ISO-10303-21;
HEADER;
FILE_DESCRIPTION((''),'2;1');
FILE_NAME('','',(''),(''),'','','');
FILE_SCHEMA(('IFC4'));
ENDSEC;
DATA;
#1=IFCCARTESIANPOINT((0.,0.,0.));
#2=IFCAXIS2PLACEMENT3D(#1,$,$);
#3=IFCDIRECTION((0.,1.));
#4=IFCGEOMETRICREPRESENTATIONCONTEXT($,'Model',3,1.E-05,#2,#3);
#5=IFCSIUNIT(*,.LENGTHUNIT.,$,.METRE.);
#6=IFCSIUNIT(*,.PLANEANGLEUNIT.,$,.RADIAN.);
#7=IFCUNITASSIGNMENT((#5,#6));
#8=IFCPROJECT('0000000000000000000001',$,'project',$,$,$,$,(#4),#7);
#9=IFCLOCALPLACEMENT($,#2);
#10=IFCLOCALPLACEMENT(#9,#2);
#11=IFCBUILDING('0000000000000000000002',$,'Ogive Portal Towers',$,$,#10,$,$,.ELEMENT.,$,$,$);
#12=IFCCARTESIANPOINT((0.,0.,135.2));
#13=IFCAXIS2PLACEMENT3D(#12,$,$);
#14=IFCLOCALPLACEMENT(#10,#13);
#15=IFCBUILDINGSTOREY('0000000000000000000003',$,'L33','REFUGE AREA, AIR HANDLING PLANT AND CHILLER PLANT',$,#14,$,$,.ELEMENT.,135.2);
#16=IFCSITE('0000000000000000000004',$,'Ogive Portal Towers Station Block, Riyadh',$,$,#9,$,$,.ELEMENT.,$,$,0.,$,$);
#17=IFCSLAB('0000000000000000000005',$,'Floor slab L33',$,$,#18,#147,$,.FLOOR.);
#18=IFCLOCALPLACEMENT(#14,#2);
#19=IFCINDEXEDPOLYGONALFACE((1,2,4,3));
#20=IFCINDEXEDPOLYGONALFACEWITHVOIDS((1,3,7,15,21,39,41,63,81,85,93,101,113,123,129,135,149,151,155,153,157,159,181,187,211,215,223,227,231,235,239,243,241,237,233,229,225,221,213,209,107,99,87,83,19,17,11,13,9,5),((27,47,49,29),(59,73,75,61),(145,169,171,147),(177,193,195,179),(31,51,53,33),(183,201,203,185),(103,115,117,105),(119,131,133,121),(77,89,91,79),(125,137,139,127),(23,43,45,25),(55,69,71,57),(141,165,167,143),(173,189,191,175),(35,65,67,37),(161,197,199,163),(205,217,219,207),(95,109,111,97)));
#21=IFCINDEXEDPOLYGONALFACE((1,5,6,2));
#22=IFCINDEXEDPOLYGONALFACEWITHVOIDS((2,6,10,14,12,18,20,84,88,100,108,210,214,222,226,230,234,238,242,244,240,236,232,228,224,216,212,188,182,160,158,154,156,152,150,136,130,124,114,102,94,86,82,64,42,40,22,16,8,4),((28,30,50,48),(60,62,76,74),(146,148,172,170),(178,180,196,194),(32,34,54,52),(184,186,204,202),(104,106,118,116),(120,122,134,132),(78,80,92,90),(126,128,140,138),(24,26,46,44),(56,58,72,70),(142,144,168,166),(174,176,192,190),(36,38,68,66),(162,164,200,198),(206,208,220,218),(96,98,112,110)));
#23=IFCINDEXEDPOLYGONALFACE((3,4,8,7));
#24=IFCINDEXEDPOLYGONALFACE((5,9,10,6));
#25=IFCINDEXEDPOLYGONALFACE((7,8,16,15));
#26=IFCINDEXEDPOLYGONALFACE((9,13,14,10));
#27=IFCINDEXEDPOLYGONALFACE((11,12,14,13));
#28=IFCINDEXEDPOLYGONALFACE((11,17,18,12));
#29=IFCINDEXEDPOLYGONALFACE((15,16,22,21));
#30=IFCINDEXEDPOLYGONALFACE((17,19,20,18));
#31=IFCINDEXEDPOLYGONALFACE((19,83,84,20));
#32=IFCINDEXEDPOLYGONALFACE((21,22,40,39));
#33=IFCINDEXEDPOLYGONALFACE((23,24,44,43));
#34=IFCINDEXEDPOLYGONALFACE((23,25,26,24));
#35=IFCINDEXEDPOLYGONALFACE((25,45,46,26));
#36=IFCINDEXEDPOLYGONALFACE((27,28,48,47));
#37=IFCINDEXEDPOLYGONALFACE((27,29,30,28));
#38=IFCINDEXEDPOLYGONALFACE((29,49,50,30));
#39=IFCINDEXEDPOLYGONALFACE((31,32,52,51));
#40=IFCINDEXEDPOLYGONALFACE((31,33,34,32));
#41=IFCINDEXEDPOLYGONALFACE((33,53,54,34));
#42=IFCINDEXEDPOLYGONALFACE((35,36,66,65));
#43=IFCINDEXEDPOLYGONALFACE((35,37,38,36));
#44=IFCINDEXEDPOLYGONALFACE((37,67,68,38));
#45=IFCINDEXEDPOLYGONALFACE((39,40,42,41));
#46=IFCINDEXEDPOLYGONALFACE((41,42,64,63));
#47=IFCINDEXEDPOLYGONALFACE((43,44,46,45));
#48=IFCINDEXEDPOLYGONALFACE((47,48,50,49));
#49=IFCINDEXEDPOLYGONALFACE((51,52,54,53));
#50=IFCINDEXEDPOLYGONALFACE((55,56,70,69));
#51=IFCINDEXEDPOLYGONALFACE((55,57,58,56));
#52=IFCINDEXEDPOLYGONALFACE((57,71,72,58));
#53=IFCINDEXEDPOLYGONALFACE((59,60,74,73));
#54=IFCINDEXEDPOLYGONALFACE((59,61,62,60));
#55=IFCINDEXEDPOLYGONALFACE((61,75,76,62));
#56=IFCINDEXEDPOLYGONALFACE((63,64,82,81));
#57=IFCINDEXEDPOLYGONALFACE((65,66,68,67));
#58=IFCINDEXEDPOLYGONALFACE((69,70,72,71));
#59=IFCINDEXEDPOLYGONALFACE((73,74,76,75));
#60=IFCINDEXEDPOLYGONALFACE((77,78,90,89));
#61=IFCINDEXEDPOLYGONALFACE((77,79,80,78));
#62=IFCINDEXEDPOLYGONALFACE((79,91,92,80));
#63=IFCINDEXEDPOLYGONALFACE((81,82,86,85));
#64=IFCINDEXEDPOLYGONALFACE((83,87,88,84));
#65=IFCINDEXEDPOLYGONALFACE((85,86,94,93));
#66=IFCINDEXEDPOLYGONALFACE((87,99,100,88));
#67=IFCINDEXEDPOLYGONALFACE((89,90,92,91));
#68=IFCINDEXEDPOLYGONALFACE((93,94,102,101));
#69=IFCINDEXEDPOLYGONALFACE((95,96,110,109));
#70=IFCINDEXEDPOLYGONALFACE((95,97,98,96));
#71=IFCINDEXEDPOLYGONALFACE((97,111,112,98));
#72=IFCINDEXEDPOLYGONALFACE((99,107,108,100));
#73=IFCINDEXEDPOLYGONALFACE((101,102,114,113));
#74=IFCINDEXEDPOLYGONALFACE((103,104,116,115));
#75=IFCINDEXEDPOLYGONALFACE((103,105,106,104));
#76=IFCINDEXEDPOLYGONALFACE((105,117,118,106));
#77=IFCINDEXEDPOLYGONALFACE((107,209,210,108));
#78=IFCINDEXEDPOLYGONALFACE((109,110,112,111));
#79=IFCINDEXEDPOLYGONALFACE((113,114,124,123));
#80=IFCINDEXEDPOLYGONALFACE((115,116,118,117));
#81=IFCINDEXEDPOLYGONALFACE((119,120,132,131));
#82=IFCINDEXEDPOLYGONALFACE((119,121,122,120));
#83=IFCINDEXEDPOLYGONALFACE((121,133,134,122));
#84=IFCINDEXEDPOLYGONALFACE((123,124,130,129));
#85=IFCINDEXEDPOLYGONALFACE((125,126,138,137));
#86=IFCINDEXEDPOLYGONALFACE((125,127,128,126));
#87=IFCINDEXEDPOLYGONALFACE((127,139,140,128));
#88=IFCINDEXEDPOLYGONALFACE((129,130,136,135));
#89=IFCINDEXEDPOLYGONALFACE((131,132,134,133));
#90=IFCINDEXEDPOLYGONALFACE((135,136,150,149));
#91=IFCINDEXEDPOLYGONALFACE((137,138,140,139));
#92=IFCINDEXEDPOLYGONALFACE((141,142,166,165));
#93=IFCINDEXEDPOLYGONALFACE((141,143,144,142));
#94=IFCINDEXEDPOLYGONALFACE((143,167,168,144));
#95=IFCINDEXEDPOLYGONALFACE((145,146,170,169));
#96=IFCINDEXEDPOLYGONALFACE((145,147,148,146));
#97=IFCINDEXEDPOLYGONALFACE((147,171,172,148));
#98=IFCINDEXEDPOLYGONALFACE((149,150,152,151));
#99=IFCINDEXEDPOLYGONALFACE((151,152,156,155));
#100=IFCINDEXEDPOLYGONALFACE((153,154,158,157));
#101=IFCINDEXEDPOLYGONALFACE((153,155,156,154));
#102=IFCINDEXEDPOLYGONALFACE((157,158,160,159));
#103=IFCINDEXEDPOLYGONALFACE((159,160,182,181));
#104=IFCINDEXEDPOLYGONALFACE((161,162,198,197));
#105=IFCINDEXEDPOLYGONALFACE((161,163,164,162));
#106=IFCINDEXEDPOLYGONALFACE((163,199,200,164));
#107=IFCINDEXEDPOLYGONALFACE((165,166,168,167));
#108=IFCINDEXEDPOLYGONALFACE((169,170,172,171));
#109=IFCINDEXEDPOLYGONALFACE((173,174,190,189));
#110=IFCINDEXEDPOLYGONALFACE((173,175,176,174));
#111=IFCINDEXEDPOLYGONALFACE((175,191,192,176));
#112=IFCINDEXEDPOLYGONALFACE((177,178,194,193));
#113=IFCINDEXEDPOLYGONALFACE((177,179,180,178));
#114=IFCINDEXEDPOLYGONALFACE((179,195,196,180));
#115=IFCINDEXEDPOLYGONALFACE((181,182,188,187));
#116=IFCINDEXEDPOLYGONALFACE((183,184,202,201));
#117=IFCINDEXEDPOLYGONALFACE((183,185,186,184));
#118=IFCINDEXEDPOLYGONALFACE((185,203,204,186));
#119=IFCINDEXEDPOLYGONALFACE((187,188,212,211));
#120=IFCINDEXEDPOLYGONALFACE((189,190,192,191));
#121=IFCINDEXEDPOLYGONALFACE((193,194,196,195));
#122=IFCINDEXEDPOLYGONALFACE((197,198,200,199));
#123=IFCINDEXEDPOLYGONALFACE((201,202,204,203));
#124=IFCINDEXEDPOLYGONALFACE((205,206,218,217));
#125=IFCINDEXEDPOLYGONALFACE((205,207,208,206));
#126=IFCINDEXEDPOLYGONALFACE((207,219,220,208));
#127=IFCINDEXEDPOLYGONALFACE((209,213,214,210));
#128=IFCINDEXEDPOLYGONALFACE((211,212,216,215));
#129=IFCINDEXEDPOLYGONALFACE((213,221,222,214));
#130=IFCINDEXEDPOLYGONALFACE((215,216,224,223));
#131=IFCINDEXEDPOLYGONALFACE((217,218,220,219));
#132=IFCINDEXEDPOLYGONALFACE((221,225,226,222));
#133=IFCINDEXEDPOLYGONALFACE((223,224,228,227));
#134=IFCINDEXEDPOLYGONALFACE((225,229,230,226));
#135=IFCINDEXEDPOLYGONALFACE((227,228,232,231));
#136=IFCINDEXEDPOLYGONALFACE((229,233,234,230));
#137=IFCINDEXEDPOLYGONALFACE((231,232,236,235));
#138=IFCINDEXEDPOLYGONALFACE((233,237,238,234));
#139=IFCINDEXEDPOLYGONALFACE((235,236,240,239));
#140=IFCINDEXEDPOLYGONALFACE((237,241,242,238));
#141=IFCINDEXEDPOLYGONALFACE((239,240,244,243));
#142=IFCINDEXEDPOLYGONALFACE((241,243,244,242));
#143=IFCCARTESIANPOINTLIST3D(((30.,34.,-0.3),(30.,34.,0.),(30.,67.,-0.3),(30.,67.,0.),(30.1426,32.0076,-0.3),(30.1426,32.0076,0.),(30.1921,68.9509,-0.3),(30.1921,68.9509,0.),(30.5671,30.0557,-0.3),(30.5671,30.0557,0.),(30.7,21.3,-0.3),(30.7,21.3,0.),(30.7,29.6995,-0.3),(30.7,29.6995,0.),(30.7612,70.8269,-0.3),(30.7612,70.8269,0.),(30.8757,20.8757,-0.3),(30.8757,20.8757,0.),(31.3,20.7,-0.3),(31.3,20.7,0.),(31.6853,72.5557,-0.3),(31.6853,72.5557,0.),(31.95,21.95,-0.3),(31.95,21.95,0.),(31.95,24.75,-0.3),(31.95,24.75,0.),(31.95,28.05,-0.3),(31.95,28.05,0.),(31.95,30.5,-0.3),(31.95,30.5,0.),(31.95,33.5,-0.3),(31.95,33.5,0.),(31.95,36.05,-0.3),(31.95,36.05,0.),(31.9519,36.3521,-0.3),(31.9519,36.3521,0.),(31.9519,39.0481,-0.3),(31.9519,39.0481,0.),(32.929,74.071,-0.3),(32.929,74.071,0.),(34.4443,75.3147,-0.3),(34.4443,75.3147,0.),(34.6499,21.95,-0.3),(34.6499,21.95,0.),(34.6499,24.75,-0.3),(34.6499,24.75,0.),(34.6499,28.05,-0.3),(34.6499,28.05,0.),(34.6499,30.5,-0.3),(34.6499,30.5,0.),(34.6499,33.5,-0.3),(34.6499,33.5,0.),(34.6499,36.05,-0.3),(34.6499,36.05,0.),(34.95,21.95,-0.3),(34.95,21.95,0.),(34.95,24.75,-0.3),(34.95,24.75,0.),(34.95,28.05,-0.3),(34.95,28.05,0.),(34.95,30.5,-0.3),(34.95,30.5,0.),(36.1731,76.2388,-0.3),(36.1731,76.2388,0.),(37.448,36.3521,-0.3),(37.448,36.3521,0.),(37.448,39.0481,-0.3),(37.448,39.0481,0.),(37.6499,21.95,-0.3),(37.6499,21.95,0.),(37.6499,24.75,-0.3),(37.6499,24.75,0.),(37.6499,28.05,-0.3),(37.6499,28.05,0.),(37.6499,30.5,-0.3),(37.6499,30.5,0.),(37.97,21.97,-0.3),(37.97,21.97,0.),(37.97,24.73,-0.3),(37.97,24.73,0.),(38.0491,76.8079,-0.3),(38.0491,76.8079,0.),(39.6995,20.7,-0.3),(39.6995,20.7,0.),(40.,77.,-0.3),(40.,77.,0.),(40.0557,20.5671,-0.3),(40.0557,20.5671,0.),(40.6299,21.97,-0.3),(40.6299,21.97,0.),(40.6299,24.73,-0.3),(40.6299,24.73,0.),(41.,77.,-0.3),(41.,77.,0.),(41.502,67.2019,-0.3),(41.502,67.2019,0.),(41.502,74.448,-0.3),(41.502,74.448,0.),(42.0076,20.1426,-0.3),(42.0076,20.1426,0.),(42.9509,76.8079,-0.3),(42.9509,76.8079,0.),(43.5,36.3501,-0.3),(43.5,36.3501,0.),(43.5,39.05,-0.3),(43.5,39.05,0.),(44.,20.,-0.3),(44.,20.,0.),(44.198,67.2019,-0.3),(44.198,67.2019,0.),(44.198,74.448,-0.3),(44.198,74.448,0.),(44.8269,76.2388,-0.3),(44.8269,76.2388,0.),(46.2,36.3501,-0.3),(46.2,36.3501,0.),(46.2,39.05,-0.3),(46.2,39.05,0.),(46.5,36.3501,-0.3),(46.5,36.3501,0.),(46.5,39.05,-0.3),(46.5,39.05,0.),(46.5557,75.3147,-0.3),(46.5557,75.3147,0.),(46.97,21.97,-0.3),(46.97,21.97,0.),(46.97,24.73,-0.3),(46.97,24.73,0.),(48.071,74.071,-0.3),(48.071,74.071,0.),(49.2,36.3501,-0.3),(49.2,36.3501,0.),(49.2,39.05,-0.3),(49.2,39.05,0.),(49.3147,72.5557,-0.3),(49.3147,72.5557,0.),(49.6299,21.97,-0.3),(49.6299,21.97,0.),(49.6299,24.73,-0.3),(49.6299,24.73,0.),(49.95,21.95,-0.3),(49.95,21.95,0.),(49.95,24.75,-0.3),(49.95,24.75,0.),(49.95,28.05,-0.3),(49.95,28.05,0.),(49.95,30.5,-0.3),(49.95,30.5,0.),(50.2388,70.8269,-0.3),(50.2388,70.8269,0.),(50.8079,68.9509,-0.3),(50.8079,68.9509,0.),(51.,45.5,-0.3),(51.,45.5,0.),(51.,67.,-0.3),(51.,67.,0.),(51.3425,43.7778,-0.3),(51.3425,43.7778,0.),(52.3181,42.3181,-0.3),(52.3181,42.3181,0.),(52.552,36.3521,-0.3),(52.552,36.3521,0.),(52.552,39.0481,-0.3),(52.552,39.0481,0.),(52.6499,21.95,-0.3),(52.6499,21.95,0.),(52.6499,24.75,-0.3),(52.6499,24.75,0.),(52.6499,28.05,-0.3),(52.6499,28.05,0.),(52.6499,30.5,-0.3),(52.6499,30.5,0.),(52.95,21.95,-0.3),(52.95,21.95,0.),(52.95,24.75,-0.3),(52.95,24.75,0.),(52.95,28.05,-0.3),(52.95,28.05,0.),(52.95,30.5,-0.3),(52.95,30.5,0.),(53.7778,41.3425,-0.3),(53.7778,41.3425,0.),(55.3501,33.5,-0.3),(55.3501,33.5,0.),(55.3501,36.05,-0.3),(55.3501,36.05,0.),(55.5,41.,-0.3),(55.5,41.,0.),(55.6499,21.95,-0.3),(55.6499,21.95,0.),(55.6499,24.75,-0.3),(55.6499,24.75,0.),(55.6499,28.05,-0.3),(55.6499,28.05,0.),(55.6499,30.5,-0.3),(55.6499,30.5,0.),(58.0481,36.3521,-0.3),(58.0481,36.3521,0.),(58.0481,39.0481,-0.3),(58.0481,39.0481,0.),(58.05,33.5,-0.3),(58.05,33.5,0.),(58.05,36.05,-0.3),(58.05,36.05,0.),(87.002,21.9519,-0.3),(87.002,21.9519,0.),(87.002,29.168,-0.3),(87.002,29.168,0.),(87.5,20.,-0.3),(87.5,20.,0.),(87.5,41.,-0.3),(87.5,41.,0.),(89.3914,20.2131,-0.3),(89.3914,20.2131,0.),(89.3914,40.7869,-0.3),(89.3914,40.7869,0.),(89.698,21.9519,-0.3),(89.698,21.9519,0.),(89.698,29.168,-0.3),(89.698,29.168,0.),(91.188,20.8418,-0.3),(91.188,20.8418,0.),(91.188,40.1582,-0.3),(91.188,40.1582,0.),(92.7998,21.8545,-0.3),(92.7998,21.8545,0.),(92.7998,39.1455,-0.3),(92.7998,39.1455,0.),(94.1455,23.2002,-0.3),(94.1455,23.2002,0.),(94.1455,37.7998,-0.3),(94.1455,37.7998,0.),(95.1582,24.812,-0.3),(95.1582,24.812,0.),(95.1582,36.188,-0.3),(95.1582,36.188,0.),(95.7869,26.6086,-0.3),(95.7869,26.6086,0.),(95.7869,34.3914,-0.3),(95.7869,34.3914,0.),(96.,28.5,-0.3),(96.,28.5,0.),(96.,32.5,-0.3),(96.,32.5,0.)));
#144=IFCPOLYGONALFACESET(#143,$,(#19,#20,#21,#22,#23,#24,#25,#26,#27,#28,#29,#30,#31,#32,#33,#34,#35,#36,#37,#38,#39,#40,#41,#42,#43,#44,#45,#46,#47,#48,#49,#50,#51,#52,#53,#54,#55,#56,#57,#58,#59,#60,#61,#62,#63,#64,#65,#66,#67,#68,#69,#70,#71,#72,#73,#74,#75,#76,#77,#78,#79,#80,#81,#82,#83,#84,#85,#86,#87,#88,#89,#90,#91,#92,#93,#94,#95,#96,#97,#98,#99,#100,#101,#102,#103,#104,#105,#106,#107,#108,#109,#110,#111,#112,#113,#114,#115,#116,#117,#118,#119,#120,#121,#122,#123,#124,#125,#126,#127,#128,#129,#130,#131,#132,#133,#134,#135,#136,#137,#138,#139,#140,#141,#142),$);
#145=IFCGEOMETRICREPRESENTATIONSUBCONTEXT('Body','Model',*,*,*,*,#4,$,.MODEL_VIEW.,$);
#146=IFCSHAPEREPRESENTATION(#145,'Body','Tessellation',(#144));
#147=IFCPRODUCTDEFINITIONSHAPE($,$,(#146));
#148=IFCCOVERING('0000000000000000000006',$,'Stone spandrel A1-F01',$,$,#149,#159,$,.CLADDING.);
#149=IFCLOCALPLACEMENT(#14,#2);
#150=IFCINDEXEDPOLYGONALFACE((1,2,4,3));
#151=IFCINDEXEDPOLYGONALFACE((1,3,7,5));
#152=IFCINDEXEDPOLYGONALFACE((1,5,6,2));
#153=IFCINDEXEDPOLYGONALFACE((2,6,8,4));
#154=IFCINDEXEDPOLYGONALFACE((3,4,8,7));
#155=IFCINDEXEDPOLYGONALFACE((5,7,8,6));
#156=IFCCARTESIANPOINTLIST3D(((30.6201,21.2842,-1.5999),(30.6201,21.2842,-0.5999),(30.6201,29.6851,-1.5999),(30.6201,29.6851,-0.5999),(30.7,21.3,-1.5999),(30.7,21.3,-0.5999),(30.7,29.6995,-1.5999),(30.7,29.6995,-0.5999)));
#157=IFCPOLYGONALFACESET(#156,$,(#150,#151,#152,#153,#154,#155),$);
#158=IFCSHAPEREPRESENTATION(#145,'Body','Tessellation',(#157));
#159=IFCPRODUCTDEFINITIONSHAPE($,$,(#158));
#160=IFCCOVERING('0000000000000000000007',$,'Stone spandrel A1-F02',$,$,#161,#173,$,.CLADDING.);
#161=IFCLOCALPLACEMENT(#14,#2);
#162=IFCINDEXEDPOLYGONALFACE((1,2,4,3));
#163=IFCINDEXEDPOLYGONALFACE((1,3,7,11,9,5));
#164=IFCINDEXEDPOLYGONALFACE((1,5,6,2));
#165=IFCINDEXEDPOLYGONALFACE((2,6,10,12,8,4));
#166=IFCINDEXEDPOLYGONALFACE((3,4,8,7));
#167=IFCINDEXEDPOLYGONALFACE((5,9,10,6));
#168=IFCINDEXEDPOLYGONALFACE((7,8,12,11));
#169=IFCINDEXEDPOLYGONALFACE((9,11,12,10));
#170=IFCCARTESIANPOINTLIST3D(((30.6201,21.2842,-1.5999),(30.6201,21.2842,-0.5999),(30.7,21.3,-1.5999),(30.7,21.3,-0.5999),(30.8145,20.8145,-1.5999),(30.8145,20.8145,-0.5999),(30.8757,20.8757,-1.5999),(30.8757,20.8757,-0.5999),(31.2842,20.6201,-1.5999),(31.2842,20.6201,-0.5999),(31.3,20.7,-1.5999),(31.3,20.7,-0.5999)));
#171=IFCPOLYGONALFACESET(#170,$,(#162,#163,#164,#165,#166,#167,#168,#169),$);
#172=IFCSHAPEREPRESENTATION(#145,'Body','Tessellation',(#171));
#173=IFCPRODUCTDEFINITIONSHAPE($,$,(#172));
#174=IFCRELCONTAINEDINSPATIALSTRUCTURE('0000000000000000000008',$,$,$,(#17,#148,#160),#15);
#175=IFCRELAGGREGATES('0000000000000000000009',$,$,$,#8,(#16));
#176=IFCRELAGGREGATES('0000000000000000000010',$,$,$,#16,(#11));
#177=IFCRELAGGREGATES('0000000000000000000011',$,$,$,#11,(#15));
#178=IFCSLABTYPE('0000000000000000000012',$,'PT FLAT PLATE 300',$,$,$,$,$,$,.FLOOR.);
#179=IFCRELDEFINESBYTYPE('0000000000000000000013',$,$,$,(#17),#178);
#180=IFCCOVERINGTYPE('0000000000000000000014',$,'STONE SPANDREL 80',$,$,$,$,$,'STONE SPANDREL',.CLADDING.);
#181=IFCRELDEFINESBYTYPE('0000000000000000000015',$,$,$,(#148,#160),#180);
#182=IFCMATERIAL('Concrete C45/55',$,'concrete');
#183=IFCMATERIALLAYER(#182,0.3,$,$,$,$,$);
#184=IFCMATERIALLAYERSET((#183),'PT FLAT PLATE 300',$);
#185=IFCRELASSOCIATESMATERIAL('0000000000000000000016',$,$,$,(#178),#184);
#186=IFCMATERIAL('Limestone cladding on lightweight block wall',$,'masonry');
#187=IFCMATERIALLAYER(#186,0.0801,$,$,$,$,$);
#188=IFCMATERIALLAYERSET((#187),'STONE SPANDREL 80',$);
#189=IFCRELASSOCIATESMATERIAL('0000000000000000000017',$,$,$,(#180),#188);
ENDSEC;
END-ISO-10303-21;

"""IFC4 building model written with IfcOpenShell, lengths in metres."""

from ifc_helpers import new_model, si_unit, direction, frame, origin, place, context, subcontext, project, spatial, polyline, outline, extrude, material, layer, layer_set, type_object, element, save


model = new_model("IFC4")

# Units and contexts
model_context = context("Model", 3, precision=1e-05, world=origin(), true_north=direction((0.0, 1.0)))
body_context = subcontext(model_context, "Body", "Model", "MODEL_VIEW")
ifc_project = project(units=[si_unit("LENGTHUNIT", "METRE"), si_unit("PLANEANGLEUNIT", "RADIAN")], contexts=[model_context])

# Site, building, storey
site_placement = place(None, origin())
site = spatial("IfcSite", under=ifc_project, at=site_placement, Name="Ogive Portal Towers Station Block, Riyadh", CompositionType="ELEMENT", RefElevation=0.0)
building_placement = place(site_placement, origin())
building = spatial("IfcBuilding", under=site, at=building_placement, Name="Ogive Portal Towers", CompositionType="ELEMENT")
storey_placement = place(building_placement, frame((0.0, 0.0, 135.2)))
storey = spatial("IfcBuildingStorey", under=building, at=storey_placement, Name="L33", Description="REFUGE AREA, AIR HANDLING PLANT AND CHILLER PLANT", CompositionType="ELEMENT", Elevation=135.2)

# Slab
ifc_material_1 = material(Name="Concrete C45/55", Category="concrete")
ifc_layer_1 = layer(ifc_material_1, 0.3)
ifc_layer_set_1 = layer_set([ifc_layer_1], Name="PT FLAT PLATE 300")
slab_type_1 = type_object("IfcSlabType", Name="PT FLAT PLATE 300", PredefinedType="FLOOR", material=ifc_layer_set_1)
slab_1_placement = place(storey_placement, frame((0.0, 0.0, -0.3)))
element("IfcSlab", 1, at=slab_1_placement, inside=storey, type_object=slab_type_1, Name="Floor slab L33", PredefinedType="FLOOR", context=body_context, shape_type="SweptSolid", body=[
    extrude(outline(polyline([(30.1426, 32.0076), (30.5671, 30.0557), (30.7, 29.6995), (30.7, 21.3), (30.8757, 20.8757), (31.3, 20.7), (39.6995, 20.7), (40.0557, 20.5671), (42.0076, 20.1426), (44.0, 20.0), (87.5, 20.0), (89.3914, 20.2131), (91.188, 20.8418), (92.7998, 21.8545), (94.1455, 23.2002), (95.1582, 24.812), (95.7869, 26.6086), (96.0, 28.5), (96.0, 32.5), (95.7869, 34.3914), (95.1582, 36.188), (94.1455, 37.7998), (92.7998, 39.1455), (91.188, 40.1582), (89.3914, 40.7869), (87.5, 41.0), (55.5, 41.0), (53.7778, 41.3425), (52.3181, 42.3181), (51.3425, 43.7778), (51.0, 45.5), (51.0, 67.0), (50.8079, 68.9509), (50.2388, 70.8269), (49.3147, 72.5557), (48.071, 74.071), (46.5557, 75.3147), (44.8269, 76.2388), (42.9509, 76.8079), (41.0, 77.0), (40.0, 77.0), (38.0491, 76.8079), (36.1731, 76.2388), (34.4443, 75.3147), (32.929, 74.071), (31.6853, 72.5557), (30.7612, 70.8269), (30.1921, 68.9509), (30.0, 67.0), (30.0, 34.0), (30.1426, 32.0076)]), holes=[polyline([(34.6499, 24.75), (34.6499, 21.95), (31.95, 21.95), (31.95, 24.75), (34.6499, 24.75)]), polyline([(37.6499, 24.75), (37.6499, 21.95), (34.95, 21.95), (34.95, 24.75), (37.6499, 24.75)]), polyline([(40.6299, 21.97), (37.97, 21.97), (37.97, 24.73), (40.6299, 24.73), (40.6299, 21.97)]), polyline([(34.6499, 30.5), (34.6499, 28.05), (31.95, 28.05), (31.95, 30.5), (34.6499, 30.5)]), polyline([(37.6499, 30.5), (37.6499, 28.05), (34.95, 28.05), (34.95, 30.5), (37.6499, 30.5)]), polyline([(34.6499, 36.05), (34.6499, 33.5), (31.95, 33.5), (31.95, 36.05), (34.6499, 36.05)]), polyline([(31.9519, 39.0481), (37.448, 39.0481), (37.448, 36.3521), (31.9519, 36.3521), (31.9519, 39.0481)]), polyline([(46.2, 36.3501), (43.5, 36.3501), (43.5, 39.05), (46.2, 39.05), (46.2, 36.3501)]), polyline([(44.198, 67.2019), (41.502, 67.2019), (41.502, 74.448), (44.198, 74.448), (44.198, 67.2019)]), polyline([(49.6299, 21.97), (46.97, 21.97), (46.97, 24.73), (49.6299, 24.73), (49.6299, 21.97)]), polyline([(52.6499, 24.75), (52.6499, 21.95), (49.95, 21.95), (49.95, 24.75), (52.6499, 24.75)]), polyline([(55.6499, 24.75), (55.6499, 21.95), (52.95, 21.95), (52.95, 24.75), (55.6499, 24.75)]), polyline([(87.002, 21.9519), (87.002, 29.168), (89.698, 29.168), (89.698, 21.9519), (87.002, 21.9519)]), polyline([(52.6499, 30.5), (52.6499, 28.05), (49.95, 28.05), (49.95, 30.5), (52.6499, 30.5)]), polyline([(55.6499, 30.5), (55.6499, 28.05), (52.95, 28.05), (52.95, 30.5), (55.6499, 30.5)]), polyline([(58.05, 36.05), (58.05, 33.5), (55.3501, 33.5), (55.3501, 36.05), (58.05, 36.05)]), polyline([(49.2, 36.3501), (46.5, 36.3501), (46.5, 39.05), (49.2, 39.05), (49.2, 36.3501)]), polyline([(52.552, 36.3521), (52.552, 39.0481), (58.0481, 39.0481), (58.0481, 36.3521), (52.552, 36.3521)])]), origin(), (0.0, 0.0, 1.0), 0.3),
])

# Coverings
ifc_material_2 = material(Name="Limestone cladding on lightweight block wall", Category="masonry")
ifc_layer_2 = layer(ifc_material_2, 0.0801)
ifc_layer_set_2 = layer_set([ifc_layer_2], Name="STONE SPANDREL 80")
covering_type_1 = type_object("IfcCoveringType", Name="STONE SPANDREL 80", ElementType="STONE SPANDREL", PredefinedType="CLADDING", material=ifc_layer_set_2)
covering_1_placement = place(storey_placement, frame((0.0, 0.0, -1.5999)))
element("IfcCovering", 2, at=covering_1_placement, inside=storey, type_object=covering_type_1, Name="Stone spandrel A1-F01", PredefinedType="CLADDING", context=body_context, shape_type="SweptSolid", body=[
    extrude(outline(polyline([(30.7, 29.6995), (30.7, 21.3), (30.6201, 21.2842), (30.6201, 29.6851), (30.7, 29.6995)])), origin(), (0.0, 0.0, 1.0), 1.0),
])
covering_2_placement = place(storey_placement, frame((0.0, 0.0, -1.5999)))
element("IfcCovering", 3, at=covering_2_placement, inside=storey, type_object=covering_type_1, Name="Stone spandrel A1-F02", PredefinedType="CLADDING", context=body_context, shape_type="SweptSolid", body=[
    extrude(outline(polyline([(30.7, 21.3), (30.8757, 20.8757), (31.3, 20.7), (31.2842, 20.6201), (30.8145, 20.8145), (30.6201, 21.2842), (30.7, 21.3)])), origin(), (0.0, 0.0, 1.0), 1.0),
])

save(model, "model.ifc")
